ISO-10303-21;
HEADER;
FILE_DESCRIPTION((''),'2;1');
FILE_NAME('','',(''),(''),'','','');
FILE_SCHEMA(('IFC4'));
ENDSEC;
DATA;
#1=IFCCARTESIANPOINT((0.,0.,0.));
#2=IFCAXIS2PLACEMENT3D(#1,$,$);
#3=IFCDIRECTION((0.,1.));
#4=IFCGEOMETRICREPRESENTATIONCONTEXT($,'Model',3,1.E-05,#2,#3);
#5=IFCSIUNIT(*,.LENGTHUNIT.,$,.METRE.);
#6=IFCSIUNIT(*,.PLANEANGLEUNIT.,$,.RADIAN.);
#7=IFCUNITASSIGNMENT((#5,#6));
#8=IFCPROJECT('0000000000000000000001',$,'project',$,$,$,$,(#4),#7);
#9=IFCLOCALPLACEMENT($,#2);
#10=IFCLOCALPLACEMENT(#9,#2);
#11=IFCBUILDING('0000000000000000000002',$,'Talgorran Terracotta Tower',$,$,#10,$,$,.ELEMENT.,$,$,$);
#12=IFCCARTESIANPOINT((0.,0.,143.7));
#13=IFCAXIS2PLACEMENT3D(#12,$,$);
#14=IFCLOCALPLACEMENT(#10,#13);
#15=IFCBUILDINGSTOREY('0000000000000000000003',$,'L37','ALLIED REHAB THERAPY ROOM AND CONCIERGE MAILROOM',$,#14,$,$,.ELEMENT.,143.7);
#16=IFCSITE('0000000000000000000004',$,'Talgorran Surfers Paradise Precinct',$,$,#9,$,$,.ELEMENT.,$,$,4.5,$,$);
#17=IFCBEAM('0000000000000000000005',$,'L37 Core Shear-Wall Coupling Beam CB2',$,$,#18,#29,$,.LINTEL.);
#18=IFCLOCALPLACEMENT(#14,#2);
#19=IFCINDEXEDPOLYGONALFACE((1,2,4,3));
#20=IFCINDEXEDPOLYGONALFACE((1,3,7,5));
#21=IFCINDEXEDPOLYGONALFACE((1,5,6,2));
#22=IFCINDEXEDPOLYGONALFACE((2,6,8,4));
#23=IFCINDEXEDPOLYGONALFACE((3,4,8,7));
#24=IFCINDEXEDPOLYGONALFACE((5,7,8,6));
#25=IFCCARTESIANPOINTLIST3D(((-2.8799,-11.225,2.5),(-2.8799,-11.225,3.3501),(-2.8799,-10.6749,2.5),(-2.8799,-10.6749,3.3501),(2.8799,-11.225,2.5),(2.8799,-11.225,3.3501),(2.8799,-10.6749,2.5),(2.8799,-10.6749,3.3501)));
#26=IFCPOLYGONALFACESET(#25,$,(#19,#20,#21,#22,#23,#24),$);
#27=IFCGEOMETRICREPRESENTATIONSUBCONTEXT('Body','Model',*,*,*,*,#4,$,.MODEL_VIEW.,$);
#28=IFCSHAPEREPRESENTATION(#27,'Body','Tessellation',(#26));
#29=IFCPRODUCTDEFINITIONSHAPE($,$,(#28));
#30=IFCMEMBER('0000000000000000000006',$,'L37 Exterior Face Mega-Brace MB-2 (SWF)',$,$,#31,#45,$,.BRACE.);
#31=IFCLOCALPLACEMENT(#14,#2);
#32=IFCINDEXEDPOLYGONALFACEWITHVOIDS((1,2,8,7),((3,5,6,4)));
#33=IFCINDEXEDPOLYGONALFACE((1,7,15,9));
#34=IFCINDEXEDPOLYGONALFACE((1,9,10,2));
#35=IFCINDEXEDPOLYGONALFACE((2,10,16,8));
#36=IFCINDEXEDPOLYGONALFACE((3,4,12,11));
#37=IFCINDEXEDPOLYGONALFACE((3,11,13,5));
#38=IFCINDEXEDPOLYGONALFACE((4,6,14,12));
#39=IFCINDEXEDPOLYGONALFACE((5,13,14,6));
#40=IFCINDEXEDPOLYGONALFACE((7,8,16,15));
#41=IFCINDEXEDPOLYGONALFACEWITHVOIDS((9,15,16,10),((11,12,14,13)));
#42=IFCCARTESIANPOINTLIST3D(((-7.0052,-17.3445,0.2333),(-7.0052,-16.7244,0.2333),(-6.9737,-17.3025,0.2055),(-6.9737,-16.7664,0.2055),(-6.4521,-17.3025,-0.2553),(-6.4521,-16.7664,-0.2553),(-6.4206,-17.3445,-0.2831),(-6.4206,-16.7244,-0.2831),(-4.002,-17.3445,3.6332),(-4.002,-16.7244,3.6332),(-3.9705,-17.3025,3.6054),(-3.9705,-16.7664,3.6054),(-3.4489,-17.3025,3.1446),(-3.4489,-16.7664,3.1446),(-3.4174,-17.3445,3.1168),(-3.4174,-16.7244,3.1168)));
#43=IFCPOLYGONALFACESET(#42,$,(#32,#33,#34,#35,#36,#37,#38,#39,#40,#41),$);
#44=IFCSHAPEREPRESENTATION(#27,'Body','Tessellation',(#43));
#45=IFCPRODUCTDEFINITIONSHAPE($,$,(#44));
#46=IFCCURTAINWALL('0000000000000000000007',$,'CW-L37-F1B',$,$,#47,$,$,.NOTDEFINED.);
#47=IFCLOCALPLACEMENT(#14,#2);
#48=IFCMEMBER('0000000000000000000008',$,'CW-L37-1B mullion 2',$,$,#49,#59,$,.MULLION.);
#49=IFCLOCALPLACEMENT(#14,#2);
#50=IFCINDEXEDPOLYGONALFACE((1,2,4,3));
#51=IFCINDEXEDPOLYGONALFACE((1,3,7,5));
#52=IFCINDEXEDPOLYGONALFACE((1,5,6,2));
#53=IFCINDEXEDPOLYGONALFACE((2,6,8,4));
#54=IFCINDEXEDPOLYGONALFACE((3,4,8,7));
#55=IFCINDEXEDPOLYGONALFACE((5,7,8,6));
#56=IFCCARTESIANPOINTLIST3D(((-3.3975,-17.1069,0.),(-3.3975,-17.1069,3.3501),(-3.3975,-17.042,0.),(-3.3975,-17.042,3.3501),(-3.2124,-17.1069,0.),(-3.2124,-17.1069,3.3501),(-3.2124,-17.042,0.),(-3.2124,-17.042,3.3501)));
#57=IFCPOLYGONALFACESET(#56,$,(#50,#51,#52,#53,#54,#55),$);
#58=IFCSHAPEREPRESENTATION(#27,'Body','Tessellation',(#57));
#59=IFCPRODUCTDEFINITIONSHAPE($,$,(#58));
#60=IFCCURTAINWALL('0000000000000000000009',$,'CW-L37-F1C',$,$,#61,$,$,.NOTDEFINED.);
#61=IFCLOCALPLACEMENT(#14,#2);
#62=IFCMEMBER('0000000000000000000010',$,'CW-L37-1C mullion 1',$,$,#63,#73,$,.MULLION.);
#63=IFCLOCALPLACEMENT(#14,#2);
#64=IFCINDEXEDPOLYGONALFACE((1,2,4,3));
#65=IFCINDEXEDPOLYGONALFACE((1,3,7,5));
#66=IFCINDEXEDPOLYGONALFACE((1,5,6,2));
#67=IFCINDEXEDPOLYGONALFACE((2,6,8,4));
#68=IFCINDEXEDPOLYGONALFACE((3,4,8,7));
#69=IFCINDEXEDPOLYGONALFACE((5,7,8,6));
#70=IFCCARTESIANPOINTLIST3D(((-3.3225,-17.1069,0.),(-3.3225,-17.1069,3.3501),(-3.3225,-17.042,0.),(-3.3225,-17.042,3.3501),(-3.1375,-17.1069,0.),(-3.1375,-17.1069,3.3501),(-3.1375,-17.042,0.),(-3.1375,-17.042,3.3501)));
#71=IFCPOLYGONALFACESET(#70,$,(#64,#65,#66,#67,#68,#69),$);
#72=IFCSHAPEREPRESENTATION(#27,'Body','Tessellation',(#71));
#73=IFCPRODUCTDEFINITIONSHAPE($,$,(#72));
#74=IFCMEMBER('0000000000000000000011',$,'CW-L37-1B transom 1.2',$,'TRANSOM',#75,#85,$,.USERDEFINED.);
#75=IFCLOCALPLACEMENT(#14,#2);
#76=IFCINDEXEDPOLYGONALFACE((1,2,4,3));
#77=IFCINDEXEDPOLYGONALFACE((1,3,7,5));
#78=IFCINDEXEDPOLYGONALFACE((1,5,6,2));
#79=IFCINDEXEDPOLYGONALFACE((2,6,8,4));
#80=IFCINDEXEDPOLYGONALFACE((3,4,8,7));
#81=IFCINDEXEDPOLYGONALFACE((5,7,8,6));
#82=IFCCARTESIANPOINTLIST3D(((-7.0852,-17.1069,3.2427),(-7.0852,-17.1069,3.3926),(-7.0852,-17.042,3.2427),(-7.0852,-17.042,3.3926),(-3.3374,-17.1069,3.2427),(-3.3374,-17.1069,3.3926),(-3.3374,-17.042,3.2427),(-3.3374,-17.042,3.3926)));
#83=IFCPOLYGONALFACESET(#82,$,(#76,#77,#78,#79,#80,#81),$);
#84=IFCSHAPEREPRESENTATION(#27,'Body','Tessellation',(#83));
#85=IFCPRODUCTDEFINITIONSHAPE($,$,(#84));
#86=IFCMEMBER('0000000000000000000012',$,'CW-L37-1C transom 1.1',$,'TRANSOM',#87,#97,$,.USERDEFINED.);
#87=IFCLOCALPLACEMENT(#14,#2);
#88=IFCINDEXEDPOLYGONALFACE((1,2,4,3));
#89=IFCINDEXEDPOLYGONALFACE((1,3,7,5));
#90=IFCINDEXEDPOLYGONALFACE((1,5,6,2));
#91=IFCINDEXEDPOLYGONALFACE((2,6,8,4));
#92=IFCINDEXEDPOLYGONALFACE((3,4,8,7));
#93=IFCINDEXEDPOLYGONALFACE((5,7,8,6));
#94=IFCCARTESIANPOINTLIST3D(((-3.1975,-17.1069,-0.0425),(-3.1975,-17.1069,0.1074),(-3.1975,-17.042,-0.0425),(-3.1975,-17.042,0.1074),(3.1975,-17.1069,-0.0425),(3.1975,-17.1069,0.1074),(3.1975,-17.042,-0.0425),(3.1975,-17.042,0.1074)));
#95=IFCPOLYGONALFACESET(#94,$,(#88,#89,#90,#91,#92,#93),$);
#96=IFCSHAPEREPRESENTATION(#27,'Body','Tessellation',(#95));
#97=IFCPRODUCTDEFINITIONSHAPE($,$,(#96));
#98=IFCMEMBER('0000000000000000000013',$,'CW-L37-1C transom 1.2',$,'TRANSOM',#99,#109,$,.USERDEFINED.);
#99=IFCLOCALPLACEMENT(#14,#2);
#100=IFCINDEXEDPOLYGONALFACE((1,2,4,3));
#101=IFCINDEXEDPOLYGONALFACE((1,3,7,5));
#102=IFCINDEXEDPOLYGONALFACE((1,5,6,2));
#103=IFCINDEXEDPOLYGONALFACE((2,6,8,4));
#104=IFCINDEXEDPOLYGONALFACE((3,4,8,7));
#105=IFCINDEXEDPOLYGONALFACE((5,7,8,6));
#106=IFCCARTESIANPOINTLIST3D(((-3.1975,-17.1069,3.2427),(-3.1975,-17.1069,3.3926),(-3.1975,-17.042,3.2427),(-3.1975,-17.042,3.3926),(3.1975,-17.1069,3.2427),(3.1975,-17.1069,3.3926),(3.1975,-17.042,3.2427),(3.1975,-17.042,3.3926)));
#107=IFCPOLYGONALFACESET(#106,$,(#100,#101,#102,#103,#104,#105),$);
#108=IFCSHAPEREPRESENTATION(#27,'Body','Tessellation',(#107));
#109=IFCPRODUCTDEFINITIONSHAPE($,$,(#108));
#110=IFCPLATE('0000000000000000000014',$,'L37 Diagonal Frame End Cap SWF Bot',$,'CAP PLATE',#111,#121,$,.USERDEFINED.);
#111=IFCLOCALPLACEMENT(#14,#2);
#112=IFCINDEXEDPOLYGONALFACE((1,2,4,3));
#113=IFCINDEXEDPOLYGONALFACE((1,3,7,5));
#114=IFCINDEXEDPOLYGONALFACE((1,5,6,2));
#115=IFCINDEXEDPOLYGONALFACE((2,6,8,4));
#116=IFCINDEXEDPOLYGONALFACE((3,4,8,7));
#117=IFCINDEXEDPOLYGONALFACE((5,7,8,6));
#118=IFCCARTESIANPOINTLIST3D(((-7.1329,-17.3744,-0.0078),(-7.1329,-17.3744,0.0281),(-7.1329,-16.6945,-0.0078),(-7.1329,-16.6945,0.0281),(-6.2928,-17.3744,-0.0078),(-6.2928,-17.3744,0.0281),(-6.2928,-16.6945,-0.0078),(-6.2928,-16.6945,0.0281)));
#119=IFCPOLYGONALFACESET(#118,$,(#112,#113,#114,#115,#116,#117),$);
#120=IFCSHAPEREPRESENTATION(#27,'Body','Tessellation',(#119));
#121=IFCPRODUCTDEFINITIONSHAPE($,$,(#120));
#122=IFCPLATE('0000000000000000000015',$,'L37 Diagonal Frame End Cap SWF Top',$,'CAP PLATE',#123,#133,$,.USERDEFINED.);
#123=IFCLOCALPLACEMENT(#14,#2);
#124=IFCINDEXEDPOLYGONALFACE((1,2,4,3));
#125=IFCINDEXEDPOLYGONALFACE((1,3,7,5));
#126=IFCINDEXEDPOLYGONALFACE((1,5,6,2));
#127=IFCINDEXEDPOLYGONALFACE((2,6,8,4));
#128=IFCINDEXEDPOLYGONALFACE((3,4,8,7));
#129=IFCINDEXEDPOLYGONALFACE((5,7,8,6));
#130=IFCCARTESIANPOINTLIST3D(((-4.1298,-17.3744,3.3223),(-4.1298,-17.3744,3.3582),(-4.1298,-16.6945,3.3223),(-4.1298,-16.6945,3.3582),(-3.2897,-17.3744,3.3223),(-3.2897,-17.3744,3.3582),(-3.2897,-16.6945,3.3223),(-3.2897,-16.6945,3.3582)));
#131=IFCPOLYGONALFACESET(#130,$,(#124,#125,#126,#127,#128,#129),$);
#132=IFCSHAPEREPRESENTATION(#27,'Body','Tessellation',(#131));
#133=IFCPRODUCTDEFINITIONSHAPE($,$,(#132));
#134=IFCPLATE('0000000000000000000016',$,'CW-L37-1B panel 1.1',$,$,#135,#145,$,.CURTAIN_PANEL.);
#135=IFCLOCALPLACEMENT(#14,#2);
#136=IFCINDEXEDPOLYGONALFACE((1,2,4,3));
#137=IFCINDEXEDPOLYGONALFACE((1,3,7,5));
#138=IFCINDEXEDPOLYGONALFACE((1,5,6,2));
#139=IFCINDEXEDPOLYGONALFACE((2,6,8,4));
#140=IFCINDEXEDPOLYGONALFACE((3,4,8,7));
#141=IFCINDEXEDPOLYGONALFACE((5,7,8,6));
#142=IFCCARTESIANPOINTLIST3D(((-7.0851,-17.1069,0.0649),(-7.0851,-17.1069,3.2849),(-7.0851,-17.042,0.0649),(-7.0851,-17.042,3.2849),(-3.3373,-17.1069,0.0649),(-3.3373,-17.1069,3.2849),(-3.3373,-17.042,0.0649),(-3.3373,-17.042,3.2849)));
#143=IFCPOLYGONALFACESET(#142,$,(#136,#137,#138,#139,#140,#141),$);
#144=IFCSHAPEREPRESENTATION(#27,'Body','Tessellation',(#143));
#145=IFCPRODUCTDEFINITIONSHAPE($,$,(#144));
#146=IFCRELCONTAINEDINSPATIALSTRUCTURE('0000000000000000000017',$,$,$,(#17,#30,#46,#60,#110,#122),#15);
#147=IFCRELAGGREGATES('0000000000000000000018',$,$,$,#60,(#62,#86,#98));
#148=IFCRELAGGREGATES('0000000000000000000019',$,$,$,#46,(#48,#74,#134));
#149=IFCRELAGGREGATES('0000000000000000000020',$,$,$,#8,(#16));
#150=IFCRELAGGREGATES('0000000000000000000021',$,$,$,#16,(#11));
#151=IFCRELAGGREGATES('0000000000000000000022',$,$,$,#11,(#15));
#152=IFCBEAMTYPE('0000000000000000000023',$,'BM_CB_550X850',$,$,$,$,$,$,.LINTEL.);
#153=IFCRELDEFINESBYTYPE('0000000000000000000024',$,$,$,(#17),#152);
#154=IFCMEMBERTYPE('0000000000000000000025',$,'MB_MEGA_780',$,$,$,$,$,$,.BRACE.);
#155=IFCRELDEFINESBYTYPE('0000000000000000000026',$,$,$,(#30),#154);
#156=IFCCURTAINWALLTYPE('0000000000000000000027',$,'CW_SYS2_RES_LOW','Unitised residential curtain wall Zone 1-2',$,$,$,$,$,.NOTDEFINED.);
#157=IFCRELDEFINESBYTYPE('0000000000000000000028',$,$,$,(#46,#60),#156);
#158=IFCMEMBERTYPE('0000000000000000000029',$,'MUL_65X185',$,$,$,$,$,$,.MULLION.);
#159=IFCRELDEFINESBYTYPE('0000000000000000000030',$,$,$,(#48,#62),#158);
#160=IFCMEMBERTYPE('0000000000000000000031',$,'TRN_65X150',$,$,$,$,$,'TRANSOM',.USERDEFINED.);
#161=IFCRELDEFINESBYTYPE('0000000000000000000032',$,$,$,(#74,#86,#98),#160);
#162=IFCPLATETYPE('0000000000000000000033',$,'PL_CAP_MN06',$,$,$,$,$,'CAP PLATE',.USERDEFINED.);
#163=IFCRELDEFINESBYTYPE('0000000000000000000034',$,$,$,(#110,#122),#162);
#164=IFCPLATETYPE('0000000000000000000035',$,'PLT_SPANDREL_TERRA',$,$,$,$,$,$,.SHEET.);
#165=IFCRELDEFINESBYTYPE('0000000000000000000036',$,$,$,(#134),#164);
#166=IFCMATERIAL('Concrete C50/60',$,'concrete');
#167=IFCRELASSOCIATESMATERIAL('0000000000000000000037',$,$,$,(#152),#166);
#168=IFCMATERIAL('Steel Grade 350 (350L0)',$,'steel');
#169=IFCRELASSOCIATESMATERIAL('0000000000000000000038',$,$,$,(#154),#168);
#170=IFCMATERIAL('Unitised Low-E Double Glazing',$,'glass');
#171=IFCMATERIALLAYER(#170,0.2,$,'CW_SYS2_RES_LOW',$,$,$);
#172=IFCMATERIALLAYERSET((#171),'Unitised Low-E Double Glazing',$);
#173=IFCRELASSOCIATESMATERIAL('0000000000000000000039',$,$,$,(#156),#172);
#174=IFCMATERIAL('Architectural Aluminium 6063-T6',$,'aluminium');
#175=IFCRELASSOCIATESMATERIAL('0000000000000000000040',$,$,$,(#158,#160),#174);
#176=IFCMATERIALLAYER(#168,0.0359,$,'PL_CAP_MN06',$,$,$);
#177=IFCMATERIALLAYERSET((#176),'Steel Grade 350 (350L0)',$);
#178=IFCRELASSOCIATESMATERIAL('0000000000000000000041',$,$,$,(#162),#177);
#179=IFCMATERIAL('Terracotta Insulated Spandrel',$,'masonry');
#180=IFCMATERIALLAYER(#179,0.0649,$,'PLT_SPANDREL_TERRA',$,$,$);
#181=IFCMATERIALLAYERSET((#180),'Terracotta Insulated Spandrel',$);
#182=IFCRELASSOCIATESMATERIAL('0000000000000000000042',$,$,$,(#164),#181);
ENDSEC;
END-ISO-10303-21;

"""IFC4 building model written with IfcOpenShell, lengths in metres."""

from ifc_helpers import new_model, si_unit, direction, frame, origin, origin_2d, place, context, subcontext, project, spatial, rectangle, hollow_rectangle, extrude, source, transform, mapped, material, layer, layer_set, material_profile, profile_set, type_object, type_shapes, element, aggregate, save


model = new_model("IFC4")

# Units and contexts
model_context = context("Model", 3, precision=1e-05, world=origin(), true_north=direction((0.0, 1.0)))
body_context = subcontext(model_context, "Body", "Model", "MODEL_VIEW")
ifc_project = project(units=[si_unit("LENGTHUNIT", "METRE"), si_unit("PLANEANGLEUNIT", "RADIAN")], contexts=[model_context])

# Site, building, storey
site_placement = place(None, origin())
site = spatial("IfcSite", under=ifc_project, at=site_placement, Name="Talgorran Surfers Paradise Precinct", CompositionType="ELEMENT", RefElevation=4.5)
building_placement = place(site_placement, origin())
building = spatial("IfcBuilding", under=site, at=building_placement, Name="Talgorran Terracotta Tower", CompositionType="ELEMENT")
storey_placement = place(building_placement, frame((0.0, 0.0, 143.7)))
storey = spatial("IfcBuildingStorey", under=building, at=storey_placement, Name="L37", Description="ALLIED REHAB THERAPY ROOM AND CONCIERGE MAILROOM", CompositionType="ELEMENT", Elevation=143.7)

# Beam
ifc_material_1 = material(Name="Concrete C50/60", Category="concrete")
ifc_material_profile_1 = material_profile(ifc_material_1, rectangle(XDim=0.55, YDim=0.8501, at=origin_2d()), Name="RCCB550X850")
ifc_profile_set_1 = profile_set([ifc_material_profile_1], Name="Concrete C50/60")
beam_type = type_object("IfcBeamType", Name="BM_CB_550X850", PredefinedType="LINTEL", material=ifc_profile_set_1)
beam_placement = place(storey_placement, frame((-2.8799, -10.95, 2.925), z_axis=(1.0, 0.0, 0.0), x_axis=(0.0, 1.0, 0.0)))
element("IfcBeam", 1, at=beam_placement, inside=storey, type_object=beam_type, Name="L37 Core Shear-Wall Coupling Beam CB2", PredefinedType="LINTEL", context=body_context, shape_type="SweptSolid", body=[
    extrude(rectangle(XDim=0.55, YDim=0.8501, at=origin_2d()), origin(), (0.0, 0.0, 1.0), 5.7598),
])

# Member
ifc_material_2 = material(Name="Steel Grade 350 (350L0)", Category="steel")
ifc_material_profile_2 = material_profile(ifc_material_2, hollow_rectangle(XDim=0.6201, YDim=0.78, WallThickness=0.042, at=origin_2d()), Name="WBOX780X620X42")
ifc_profile_set_2 = profile_set([ifc_material_profile_2], Name="Steel Grade 350 (350L0)")
member_type_1 = type_object("IfcMemberType", Name="MB_MEGA_780", PredefinedType="BRACE", material=ifc_profile_set_2)
member_1_placement = place(storey_placement, frame((-6.7129, -17.0344, -0.0249), z_axis=(0.662026, 0.0, 0.749481), x_axis=(0.0, 1.0, 0.0)))
element("IfcMember", 2, at=member_1_placement, inside=storey, type_object=member_type_1, Name="L37 Exterior Face Mega-Brace MB-2 (SWF)", PredefinedType="BRACE", context=body_context, shape_type="SweptSolid", body=[
    extrude(hollow_rectangle(XDim=0.6201, YDim=0.78, WallThickness=0.042, at=origin_2d()), origin(), (0.0, 0.0, 1.0), 4.5364),
])

# Curtain walls, members
ifc_material_3 = material(Name="Unitised Low-E Double Glazing", Category="glass")
ifc_layer_1 = layer(ifc_material_3, 0.2, Name="CW_SYS2_RES_LOW")
ifc_layer_set_1 = layer_set([ifc_layer_1], Name="Unitised Low-E Double Glazing")
curtain_wall_type = type_object("IfcCurtainWallType", Name="CW_SYS2_RES_LOW", Description="Unitised residential curtain wall Zone 1-2", PredefinedType="NOTDEFINED", material=ifc_layer_set_1)
curtain_wall_1_placement = place(storey_placement, origin())
curtain_wall_1 = element("IfcCurtainWall", 3, at=curtain_wall_1_placement, inside=storey, type_object=curtain_wall_type, Name="CW-L37-F1B", PredefinedType="NOTDEFINED")
ifc_material_4 = material(Name="Architectural Aluminium 6063-T6", Category="aluminium")
ifc_material_profile_3 = material_profile(ifc_material_4, rectangle(XDim=0.0649, YDim=0.1851, at=origin_2d()), Name="CWM65X185")
ifc_profile_set_3 = profile_set([ifc_material_profile_3], Name="Architectural Aluminium 6063-T6")
member_type_2 = type_object("IfcMemberType", Name="MUL_65X185", PredefinedType="MULLION", material=ifc_profile_set_3)
member_2_placement = place(storey_placement, frame((-3.3049, -17.0745, 0.0), z_axis=(0.0, 0.0, 1.0), x_axis=(0.0, 1.0, 0.0)))
member_2 = element("IfcMember", 4, at=member_2_placement, type_object=member_type_2, Name="CW-L37-1B mullion 2", PredefinedType="MULLION", context=body_context, shape_type="SweptSolid", body=[
    extrude(rectangle(XDim=0.0649, YDim=0.1851, at=origin_2d()), origin(), (0.0, 0.0, 1.0), 3.3501),
])
curtain_wall_2_placement = place(storey_placement, origin())
curtain_wall_2 = element("IfcCurtainWall", 5, at=curtain_wall_2_placement, inside=storey, type_object=curtain_wall_type, Name="CW-L37-F1C", PredefinedType="NOTDEFINED")
member_3_placement = place(storey_placement, frame((-3.23, -17.0745, 0.0), z_axis=(0.0, 0.0, 1.0), x_axis=(0.0, 1.0, 0.0)))
member_3 = element("IfcMember", 6, at=member_3_placement, type_object=member_type_2, Name="CW-L37-1C mullion 1", PredefinedType="MULLION", context=body_context, shape_type="SweptSolid", body=[
    extrude(rectangle(XDim=0.0649, YDim=0.1851, at=origin_2d()), origin(), (0.0, 0.0, 1.0), 3.3501),
])

# Members
ifc_material_profile_4 = material_profile(ifc_material_4, rectangle(XDim=0.0649, YDim=0.1499, at=origin_2d()), Name="CWT65X150")
ifc_profile_set_4 = profile_set([ifc_material_profile_4], Name="Architectural Aluminium 6063-T6")
member_type_3 = type_object("IfcMemberType", Name="TRN_65X150", ElementType="TRANSOM", PredefinedType="USERDEFINED", material=ifc_profile_set_4)
member_4_placement = place(storey_placement, frame((-7.0852, -17.0745, 3.3176), z_axis=(1.0, 0.0, 0.0), x_axis=(0.0, 1.0, 0.0)))
member_4 = element("IfcMember", 7, at=member_4_placement, type_object=member_type_3, Name="CW-L37-1B transom 1.2", ObjectType="TRANSOM", PredefinedType="USERDEFINED", context=body_context, shape_type="SweptSolid", body=[
    extrude(rectangle(XDim=0.0649, YDim=0.1499, at=origin_2d()), origin(), (0.0, 0.0, 1.0), 3.7478),
])
member_5_placement = place(storey_placement, frame((-3.1975, -17.0745, 0.0325), z_axis=(1.0, 0.0, 0.0), x_axis=(0.0, 1.0, 0.0)))
member_5 = element("IfcMember", 8, at=member_5_placement, type_object=member_type_3, Name="CW-L37-1C transom 1.1", ObjectType="TRANSOM", PredefinedType="USERDEFINED", context=body_context, shape_type="SweptSolid", body=[
    extrude(rectangle(XDim=0.0649, YDim=0.1499, at=origin_2d()), origin(), (0.0, 0.0, 1.0), 6.395),
])
member_6_placement = place(storey_placement, frame((-3.1975, -17.0745, 3.3176), z_axis=(1.0, 0.0, 0.0), x_axis=(0.0, 1.0, 0.0)))
member_6 = element("IfcMember", 9, at=member_6_placement, type_object=member_type_3, Name="CW-L37-1C transom 1.2", ObjectType="TRANSOM", PredefinedType="USERDEFINED", context=body_context, shape_type="SweptSolid", body=[
    extrude(rectangle(XDim=0.0649, YDim=0.1499, at=origin_2d()), origin(), (0.0, 0.0, 1.0), 6.395),
])
aggregate(curtain_wall_2, [member_3, member_5, member_6])

# Plates
ifc_layer_2 = layer(ifc_material_2, 0.0359, Name="PL_CAP_MN06")
ifc_layer_set_2 = layer_set([ifc_layer_2], Name="Steel Grade 350 (350L0)")
plate_type_1 = type_object("IfcPlateType", Name="PL_CAP_MN06", ElementType="CAP PLATE", PredefinedType="USERDEFINED", material=ifc_layer_set_2)
for number, where, z_axis, x_axis, name in (
    (10, (-6.7129, -17.0344, -0.0078), (0.0, 0.0, 1.0), (1.0, 0.0, 0.0), "L37 Diagonal Frame End Cap SWF Bot"),
    (11, (-3.7097, -17.0344, 3.3223), (0.0, 0.0, 1.0), (1.0, 0.0, 0.0), "L37 Diagonal Frame End Cap SWF Top"),
):
    element("IfcPlate", number, at=place(storey_placement, frame(where, z_axis=z_axis, x_axis=x_axis)), inside=storey, type_object=plate_type_1, Name=name, ObjectType="CAP PLATE", PredefinedType="USERDEFINED", context=body_context, shape_type="SweptSolid", body=[
        extrude(rectangle(XDim=0.8401, YDim=0.6799, at=origin_2d()), origin(), (0.0, 0.0, 1.0), 0.0359),
    ])

# Plate
ifc_material_5 = material(Name="Terracotta Insulated Spandrel", Category="masonry")
ifc_layer_3 = layer(ifc_material_5, 0.0649, Name="PLT_SPANDREL_TERRA")
ifc_layer_set_3 = layer_set([ifc_layer_3], Name="Terracotta Insulated Spandrel")
plate_type_2 = type_object("IfcPlateType", Name="PLT_SPANDREL_TERRA", PredefinedType="SHEET", material=ifc_layer_set_3)
shared_shape = source(origin(), body_context, "Body", "SweptSolid", [
    extrude(rectangle(XDim=3.7478, YDim=0.0649, at=origin_2d()), origin(), (0.0, 0.0, 1.0), 3.22),
])
type_shapes(plate_type_2, [shared_shape])
plate_placement = place(storey_placement, frame((-5.2112, -17.0745, 0.0649), z_axis=(0.0, 0.0, 1.0), x_axis=(1.0, 0.0, 0.0)))
plate = element("IfcPlate", 12, at=plate_placement, type_object=plate_type_2, Name="CW-L37-1B panel 1.1", PredefinedType="CURTAIN_PANEL", context=body_context, shape_type="MappedRepresentation", body=[
    mapped(shared_shape, transform((0.0, 0.0, 0.0), scale=1.0)),
])
aggregate(curtain_wall_1, [member_2, member_4, plate])

save(model, "model.ifc")
